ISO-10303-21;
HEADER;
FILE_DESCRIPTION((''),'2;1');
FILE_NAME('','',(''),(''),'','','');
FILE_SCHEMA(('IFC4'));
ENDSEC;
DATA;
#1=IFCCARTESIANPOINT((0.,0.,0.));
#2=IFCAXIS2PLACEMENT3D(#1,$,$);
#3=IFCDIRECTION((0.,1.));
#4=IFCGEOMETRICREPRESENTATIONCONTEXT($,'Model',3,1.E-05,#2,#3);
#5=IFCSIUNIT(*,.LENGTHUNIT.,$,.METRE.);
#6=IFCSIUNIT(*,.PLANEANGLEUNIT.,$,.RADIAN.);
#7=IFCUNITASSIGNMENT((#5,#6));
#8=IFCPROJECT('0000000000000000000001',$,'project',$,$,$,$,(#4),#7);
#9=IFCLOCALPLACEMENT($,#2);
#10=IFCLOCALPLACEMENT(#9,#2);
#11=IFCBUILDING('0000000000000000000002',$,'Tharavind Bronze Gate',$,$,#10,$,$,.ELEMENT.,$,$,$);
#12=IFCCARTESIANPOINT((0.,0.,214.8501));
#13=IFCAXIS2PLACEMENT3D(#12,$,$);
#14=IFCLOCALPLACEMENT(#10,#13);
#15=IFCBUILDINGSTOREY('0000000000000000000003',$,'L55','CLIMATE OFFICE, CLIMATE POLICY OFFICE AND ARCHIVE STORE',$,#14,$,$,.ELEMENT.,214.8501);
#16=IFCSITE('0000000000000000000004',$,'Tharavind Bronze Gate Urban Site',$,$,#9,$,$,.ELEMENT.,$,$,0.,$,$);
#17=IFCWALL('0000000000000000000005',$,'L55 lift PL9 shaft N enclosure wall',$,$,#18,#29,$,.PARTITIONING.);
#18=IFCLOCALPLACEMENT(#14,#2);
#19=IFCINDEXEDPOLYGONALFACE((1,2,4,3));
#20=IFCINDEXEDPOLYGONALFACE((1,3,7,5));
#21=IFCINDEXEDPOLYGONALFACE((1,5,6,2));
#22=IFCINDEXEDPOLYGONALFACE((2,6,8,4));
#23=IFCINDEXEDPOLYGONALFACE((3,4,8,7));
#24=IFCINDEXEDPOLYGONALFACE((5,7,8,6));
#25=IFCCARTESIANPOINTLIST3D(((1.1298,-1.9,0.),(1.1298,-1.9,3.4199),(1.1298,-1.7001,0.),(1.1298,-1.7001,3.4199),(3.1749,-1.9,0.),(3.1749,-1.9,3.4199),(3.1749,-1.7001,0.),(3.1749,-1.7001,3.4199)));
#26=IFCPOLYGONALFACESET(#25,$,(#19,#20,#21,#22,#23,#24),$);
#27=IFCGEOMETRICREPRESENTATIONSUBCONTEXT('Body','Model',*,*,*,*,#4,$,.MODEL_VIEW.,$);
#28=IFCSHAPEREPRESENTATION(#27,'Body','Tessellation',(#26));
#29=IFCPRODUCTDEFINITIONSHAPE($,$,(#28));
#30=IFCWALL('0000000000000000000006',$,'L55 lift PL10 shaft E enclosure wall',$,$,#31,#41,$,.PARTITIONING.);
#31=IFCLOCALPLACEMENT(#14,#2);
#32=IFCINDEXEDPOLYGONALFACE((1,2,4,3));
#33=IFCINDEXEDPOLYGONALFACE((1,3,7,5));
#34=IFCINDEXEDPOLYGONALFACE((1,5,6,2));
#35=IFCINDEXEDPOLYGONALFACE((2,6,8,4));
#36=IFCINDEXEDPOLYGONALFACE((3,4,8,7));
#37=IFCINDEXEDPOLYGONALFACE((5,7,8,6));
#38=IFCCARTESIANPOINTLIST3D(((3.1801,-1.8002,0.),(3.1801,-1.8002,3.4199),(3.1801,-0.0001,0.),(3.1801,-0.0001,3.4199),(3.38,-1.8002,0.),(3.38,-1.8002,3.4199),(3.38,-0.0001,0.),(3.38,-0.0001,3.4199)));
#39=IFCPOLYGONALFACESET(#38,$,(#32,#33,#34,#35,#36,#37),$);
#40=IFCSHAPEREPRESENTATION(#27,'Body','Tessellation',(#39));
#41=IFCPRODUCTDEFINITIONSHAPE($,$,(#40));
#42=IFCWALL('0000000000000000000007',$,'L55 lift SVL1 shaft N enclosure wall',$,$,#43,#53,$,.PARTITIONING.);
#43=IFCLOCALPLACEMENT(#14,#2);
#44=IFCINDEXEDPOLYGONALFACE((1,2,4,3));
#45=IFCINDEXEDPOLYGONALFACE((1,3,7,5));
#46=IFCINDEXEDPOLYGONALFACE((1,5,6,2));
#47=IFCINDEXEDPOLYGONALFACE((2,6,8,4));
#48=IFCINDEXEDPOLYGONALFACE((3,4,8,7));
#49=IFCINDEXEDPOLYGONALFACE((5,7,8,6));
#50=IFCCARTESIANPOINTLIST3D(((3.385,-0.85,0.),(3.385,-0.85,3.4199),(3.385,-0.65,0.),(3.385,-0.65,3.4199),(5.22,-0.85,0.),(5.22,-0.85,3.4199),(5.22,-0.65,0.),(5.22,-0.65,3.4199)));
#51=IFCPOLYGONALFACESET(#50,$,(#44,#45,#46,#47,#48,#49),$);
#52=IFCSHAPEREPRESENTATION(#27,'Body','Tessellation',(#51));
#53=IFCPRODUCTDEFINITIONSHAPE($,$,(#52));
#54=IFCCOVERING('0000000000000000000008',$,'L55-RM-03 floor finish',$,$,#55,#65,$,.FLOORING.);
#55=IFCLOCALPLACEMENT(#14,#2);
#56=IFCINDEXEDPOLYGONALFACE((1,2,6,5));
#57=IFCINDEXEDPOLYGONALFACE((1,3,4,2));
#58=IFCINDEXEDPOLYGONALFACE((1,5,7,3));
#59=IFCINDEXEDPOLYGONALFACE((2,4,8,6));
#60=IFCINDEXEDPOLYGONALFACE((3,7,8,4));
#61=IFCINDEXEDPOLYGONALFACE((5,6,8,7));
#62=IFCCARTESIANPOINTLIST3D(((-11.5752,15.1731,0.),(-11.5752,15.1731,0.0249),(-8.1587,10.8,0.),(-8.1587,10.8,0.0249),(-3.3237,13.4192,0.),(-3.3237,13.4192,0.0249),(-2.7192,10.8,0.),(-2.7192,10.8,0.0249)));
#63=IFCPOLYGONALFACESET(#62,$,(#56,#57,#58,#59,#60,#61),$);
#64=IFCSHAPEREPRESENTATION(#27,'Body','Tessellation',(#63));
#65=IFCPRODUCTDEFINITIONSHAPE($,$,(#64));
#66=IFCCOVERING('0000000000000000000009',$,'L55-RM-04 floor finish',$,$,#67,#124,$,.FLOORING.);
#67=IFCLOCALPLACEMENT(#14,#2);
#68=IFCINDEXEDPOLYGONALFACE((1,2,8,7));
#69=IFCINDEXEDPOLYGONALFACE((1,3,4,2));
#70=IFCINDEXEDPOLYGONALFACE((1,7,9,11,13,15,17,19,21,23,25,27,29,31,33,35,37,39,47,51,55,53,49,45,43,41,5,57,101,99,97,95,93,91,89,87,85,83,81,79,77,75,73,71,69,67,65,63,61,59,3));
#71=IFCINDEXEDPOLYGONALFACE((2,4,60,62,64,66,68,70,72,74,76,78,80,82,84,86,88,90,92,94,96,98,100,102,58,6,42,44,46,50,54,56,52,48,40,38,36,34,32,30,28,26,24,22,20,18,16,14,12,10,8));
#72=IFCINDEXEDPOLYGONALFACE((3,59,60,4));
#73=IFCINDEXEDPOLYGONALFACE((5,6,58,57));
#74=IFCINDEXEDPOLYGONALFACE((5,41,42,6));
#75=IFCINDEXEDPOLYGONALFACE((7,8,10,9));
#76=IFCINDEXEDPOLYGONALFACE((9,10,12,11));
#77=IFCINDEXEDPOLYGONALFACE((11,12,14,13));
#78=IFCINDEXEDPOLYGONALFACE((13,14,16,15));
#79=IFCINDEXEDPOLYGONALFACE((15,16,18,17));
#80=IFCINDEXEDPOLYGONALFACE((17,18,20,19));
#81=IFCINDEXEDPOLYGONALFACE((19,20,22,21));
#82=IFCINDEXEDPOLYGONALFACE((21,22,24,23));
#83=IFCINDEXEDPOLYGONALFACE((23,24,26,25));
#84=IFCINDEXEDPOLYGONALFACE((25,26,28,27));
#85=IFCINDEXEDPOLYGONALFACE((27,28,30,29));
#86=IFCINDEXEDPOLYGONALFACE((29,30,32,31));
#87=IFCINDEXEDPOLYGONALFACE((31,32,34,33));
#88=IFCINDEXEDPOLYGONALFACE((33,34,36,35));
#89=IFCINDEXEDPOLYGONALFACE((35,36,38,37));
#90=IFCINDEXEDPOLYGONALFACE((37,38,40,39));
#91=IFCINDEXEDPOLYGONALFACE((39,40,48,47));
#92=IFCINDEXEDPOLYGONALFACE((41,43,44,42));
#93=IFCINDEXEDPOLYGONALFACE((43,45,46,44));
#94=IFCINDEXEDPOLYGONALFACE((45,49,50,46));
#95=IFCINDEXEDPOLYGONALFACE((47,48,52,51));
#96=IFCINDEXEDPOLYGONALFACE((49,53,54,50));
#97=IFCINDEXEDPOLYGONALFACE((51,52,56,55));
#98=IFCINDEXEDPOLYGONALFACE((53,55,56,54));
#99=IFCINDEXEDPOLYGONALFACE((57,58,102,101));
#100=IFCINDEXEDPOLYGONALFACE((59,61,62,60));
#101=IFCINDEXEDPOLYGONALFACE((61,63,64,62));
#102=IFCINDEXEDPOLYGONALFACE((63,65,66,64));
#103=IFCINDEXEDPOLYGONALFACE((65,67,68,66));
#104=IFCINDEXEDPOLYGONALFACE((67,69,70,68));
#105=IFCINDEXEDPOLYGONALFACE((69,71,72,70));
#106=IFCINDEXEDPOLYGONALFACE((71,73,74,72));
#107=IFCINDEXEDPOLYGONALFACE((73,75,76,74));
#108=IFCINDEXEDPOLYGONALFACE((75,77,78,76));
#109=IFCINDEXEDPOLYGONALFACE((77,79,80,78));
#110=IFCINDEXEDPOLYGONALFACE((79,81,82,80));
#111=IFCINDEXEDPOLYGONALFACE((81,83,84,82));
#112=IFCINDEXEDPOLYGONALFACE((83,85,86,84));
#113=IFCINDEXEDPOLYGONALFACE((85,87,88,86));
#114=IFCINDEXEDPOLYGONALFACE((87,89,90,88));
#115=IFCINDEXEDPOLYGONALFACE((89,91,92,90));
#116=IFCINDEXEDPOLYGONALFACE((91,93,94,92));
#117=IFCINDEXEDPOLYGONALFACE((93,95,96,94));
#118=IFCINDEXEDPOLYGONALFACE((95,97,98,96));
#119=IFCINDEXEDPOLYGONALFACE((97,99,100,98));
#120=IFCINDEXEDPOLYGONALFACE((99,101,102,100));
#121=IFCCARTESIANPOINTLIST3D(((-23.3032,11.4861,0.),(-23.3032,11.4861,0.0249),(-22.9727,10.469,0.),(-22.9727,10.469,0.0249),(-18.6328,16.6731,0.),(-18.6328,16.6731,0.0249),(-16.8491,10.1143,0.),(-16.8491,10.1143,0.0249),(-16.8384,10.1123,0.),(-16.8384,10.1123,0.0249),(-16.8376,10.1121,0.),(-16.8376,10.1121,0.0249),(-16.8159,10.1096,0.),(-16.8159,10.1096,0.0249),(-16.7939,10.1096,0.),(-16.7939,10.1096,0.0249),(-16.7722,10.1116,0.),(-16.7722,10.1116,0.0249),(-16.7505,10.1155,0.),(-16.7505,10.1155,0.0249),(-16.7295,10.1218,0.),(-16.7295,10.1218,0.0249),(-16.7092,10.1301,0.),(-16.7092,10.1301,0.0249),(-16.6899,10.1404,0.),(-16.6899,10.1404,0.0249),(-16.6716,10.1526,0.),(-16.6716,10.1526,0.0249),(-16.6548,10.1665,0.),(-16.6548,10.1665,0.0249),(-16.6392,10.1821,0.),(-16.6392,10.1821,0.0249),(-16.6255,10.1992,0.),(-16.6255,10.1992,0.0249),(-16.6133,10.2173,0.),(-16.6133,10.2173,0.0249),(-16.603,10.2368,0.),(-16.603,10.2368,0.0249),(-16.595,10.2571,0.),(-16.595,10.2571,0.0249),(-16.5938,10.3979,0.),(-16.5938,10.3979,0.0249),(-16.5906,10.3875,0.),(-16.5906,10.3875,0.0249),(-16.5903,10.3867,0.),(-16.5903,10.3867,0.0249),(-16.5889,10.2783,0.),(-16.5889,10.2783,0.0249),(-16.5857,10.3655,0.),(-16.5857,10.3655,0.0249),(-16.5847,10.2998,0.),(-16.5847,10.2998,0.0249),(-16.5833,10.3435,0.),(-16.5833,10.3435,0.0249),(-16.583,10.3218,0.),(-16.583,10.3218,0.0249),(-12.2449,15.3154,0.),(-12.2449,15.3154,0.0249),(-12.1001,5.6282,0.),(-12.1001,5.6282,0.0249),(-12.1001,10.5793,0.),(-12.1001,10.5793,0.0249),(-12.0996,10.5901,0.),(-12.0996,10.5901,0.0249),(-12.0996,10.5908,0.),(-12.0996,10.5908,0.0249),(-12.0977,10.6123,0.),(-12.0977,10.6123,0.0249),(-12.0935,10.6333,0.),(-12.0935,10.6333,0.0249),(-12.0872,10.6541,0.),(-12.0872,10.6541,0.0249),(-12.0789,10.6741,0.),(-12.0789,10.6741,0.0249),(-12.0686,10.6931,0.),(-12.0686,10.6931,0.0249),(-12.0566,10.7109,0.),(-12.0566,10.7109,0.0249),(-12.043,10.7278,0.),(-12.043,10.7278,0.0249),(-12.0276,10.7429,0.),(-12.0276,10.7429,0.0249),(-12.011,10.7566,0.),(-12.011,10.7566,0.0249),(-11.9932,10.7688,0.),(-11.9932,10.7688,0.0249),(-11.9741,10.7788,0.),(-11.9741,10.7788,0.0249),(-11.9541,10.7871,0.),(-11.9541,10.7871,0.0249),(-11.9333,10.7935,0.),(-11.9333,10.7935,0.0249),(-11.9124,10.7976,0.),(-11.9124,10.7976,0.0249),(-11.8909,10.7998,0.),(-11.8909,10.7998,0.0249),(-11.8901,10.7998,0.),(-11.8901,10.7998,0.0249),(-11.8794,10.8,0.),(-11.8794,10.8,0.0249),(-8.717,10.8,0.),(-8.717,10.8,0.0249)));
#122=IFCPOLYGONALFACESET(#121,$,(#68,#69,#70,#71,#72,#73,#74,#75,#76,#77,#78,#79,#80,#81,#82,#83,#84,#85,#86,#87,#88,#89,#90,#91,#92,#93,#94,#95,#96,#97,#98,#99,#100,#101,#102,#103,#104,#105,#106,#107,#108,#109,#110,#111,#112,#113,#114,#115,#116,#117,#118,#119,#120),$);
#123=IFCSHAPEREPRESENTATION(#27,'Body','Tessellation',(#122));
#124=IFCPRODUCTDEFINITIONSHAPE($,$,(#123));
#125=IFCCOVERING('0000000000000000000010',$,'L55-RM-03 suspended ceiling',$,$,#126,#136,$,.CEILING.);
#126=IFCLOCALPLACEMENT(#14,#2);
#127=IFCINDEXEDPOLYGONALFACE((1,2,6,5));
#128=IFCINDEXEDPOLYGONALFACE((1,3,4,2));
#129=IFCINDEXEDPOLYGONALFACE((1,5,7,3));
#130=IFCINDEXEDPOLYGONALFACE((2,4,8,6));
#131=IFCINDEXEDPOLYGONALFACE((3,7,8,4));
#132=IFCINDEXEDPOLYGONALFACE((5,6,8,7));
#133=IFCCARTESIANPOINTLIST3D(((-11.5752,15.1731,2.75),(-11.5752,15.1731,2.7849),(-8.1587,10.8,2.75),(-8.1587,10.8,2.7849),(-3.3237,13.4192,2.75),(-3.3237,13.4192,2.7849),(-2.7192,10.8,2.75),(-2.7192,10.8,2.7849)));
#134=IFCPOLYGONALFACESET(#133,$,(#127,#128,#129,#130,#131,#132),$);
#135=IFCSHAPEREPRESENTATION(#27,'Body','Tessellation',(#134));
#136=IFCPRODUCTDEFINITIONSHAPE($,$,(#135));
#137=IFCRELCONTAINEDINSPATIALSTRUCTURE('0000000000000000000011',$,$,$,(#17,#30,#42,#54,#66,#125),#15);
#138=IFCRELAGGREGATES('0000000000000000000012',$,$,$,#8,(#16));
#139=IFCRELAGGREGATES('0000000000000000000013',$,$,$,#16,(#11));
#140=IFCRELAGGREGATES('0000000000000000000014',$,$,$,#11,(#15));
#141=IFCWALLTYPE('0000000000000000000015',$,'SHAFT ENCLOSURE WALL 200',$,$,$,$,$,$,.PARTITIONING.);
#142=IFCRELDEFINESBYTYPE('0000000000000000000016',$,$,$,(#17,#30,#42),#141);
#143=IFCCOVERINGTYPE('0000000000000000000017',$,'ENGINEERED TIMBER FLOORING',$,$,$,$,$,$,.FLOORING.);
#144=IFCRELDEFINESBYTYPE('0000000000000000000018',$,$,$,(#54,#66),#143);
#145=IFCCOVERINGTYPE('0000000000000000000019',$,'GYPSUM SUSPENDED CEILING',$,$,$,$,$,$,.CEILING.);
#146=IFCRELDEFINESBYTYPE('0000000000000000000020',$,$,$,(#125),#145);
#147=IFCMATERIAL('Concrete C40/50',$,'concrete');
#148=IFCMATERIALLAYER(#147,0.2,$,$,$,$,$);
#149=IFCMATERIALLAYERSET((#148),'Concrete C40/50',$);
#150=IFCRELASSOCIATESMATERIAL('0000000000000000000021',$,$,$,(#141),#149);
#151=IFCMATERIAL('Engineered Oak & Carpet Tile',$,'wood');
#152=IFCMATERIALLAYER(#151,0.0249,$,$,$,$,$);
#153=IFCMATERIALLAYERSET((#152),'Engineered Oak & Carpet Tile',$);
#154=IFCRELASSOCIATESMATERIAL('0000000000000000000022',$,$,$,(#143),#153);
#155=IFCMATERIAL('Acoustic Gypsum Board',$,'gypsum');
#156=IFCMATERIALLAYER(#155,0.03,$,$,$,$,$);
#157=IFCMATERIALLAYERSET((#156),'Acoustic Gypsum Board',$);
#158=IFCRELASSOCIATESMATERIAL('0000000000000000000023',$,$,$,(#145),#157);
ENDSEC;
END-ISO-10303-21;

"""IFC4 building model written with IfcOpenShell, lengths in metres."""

from ifc_helpers import new_model, si_unit, direction, frame, frame_2d, origin, place, context, subcontext, project, spatial, polyline, rectangle, outline, extrude, material, layer, layer_set, type_object, element, save


model = new_model("IFC4")

# Units and contexts
model_context = context("Model", 3, precision=1e-05, world=origin(), true_north=direction((0.0, 1.0)))
body_context = subcontext(model_context, "Body", "Model", "MODEL_VIEW")
ifc_project = project(units=[si_unit("LENGTHUNIT", "METRE"), si_unit("PLANEANGLEUNIT", "RADIAN")], contexts=[model_context])

# Site, building, storey
site_placement = place(None, origin())
site = spatial("IfcSite", under=ifc_project, at=site_placement, Name="Tharavind Bronze Gate Urban Site", CompositionType="ELEMENT", RefElevation=0.0)
building_placement = place(site_placement, origin())
building = spatial("IfcBuilding", under=site, at=building_placement, Name="Tharavind Bronze Gate", CompositionType="ELEMENT")
storey_placement = place(building_placement, frame((0.0, 0.0, 214.8501)))
storey = spatial("IfcBuildingStorey", under=building, at=storey_placement, Name="L55", Description="CLIMATE OFFICE, CLIMATE POLICY OFFICE AND ARCHIVE STORE", CompositionType="ELEMENT", Elevation=214.8501)

# Walls
ifc_material_1 = material(Name="Concrete C40/50", Category="concrete")
ifc_layer_1 = layer(ifc_material_1, 0.2)
ifc_layer_set_1 = layer_set([ifc_layer_1], Name="Concrete C40/50")
wall_type_1 = type_object("IfcWallType", Name="SHAFT ENCLOSURE WALL 200", PredefinedType="PARTITIONING", material=ifc_layer_set_1)
for number, where, z_axis, x_axis, name in (
    (1, (1.1299, -1.8, 0.0), (0.0, 0.0, 1.0), (1.0, 0.0, 0.0), "L55 lift PL9 shaft N enclosure wall"),
):
    element("IfcWall", number, at=place(storey_placement, frame(where, z_axis=z_axis, x_axis=x_axis)), inside=storey, type_object=wall_type_1, Name=name, PredefinedType="PARTITIONING", context=body_context, shape_type="SweptSolid", body=[
        extrude(rectangle(XDim=2.0452, YDim=0.2, at=frame_2d((1.0225, 0.0))), origin(), (0.0, 0.0, 1.0), 3.4199),
    ])
wall_1_placement = place(storey_placement, frame((3.28, -1.8, 0.0), z_axis=(0.0, 0.0, 1.0), x_axis=(0.0, 1.0, 0.0)))
element("IfcWall", 2, at=wall_1_placement, inside=storey, type_object=wall_type_1, Name="L55 lift PL10 shaft E enclosure wall", PredefinedType="PARTITIONING", context=body_context, shape_type="SweptSolid", body=[
    extrude(rectangle(XDim=1.8, YDim=0.2, at=frame_2d((0.8999, 0.0))), origin(), (0.0, 0.0, 1.0), 3.4199),
])
wall_2_placement = place(storey_placement, frame((3.385, -0.75, 0.0), z_axis=(0.0, 0.0, 1.0), x_axis=(1.0, 0.0, 0.0)))
element("IfcWall", 3, at=wall_2_placement, inside=storey, type_object=wall_type_1, Name="L55 lift SVL1 shaft N enclosure wall", PredefinedType="PARTITIONING", context=body_context, shape_type="SweptSolid", body=[
    extrude(rectangle(XDim=1.835, YDim=0.2, at=frame_2d((0.9175, 0.0))), origin(), (0.0, 0.0, 1.0), 3.4199),
])

# Coverings
ifc_material_2 = material(Name="Engineered Oak & Carpet Tile", Category="wood")
ifc_layer_2 = layer(ifc_material_2, 0.0249)
ifc_layer_set_2 = layer_set([ifc_layer_2], Name="Engineered Oak & Carpet Tile")
covering_type_1 = type_object("IfcCoveringType", Name="ENGINEERED TIMBER FLOORING", PredefinedType="FLOORING", material=ifc_layer_set_2)
covering_1_placement = place(storey_placement, origin())
element("IfcCovering", 4, at=covering_1_placement, inside=storey, type_object=covering_type_1, Name="L55-RM-03 floor finish", PredefinedType="FLOORING", context=body_context, shape_type="SweptSolid", body=[
    extrude(outline(polyline([(-8.1587, 10.8), (-2.7192, 10.8), (-3.3237, 13.4192), (-11.5752, 15.1731), (-8.1587, 10.8)])), origin(), (0.0, 0.0, 1.0), 0.0249),
])
covering_2_placement = place(storey_placement, origin())
element("IfcCovering", 5, at=covering_2_placement, inside=storey, type_object=covering_type_1, Name="L55-RM-04 floor finish", PredefinedType="FLOORING", context=body_context, shape_type="SweptSolid", body=[
    extrude(outline(polyline([(-22.9727, 10.469), (-12.1001, 5.6282), (-12.1001, 10.5793), (-12.0996, 10.5901), (-12.0996, 10.5908), (-12.0977, 10.6123), (-12.0935, 10.6333), (-12.0872, 10.6541), (-12.0789, 10.6741), (-12.0686, 10.6931), (-12.0566, 10.7109), (-12.043, 10.7278), (-12.0276, 10.7429), (-12.011, 10.7566), (-11.9932, 10.7688), (-11.9741, 10.7788), (-11.9541, 10.7871), (-11.9333, 10.7935), (-11.9124, 10.7976), (-11.8909, 10.7998), (-11.8901, 10.7998), (-11.8794, 10.8), (-8.717, 10.8), (-12.2449, 15.3154), (-18.6328, 16.6731), (-16.5938, 10.3979), (-16.5906, 10.3875), (-16.5903, 10.3867), (-16.5857, 10.3655), (-16.5833, 10.3435), (-16.583, 10.3218), (-16.5847, 10.2998), (-16.5889, 10.2783), (-16.595, 10.2571), (-16.603, 10.2368), (-16.6133, 10.2173), (-16.6255, 10.1992), (-16.6392, 10.1821), (-16.6548, 10.1665), (-16.6716, 10.1526), (-16.6899, 10.1404), (-16.7092, 10.1301), (-16.7295, 10.1218), (-16.7505, 10.1155), (-16.7722, 10.1116), (-16.7939, 10.1096), (-16.8159, 10.1096), (-16.8376, 10.1121), (-16.8384, 10.1123), (-16.8491, 10.1143), (-23.3032, 11.4861), (-22.9727, 10.469)])), origin(), (0.0, 0.0, 1.0), 0.0249),
])
ifc_material_3 = material(Name="Acoustic Gypsum Board", Category="gypsum")
ifc_layer_3 = layer(ifc_material_3, 0.03)
ifc_layer_set_3 = layer_set([ifc_layer_3], Name="Acoustic Gypsum Board")
covering_type_2 = type_object("IfcCoveringType", Name="GYPSUM SUSPENDED CEILING", PredefinedType="CEILING", material=ifc_layer_set_3)
covering_3_placement = place(storey_placement, frame((0.0, 0.0, 2.75)))
element("IfcCovering", 6, at=covering_3_placement, inside=storey, type_object=covering_type_2, Name="L55-RM-03 suspended ceiling", PredefinedType="CEILING", context=body_context, shape_type="SweptSolid", body=[
    extrude(outline(polyline([(-8.1587, 10.8), (-2.7192, 10.8), (-3.3237, 13.4192), (-11.5752, 15.1731), (-8.1587, 10.8)])), origin(), (0.0, 0.0, 1.0), 0.0349),
])

save(model, "model.ifc")
